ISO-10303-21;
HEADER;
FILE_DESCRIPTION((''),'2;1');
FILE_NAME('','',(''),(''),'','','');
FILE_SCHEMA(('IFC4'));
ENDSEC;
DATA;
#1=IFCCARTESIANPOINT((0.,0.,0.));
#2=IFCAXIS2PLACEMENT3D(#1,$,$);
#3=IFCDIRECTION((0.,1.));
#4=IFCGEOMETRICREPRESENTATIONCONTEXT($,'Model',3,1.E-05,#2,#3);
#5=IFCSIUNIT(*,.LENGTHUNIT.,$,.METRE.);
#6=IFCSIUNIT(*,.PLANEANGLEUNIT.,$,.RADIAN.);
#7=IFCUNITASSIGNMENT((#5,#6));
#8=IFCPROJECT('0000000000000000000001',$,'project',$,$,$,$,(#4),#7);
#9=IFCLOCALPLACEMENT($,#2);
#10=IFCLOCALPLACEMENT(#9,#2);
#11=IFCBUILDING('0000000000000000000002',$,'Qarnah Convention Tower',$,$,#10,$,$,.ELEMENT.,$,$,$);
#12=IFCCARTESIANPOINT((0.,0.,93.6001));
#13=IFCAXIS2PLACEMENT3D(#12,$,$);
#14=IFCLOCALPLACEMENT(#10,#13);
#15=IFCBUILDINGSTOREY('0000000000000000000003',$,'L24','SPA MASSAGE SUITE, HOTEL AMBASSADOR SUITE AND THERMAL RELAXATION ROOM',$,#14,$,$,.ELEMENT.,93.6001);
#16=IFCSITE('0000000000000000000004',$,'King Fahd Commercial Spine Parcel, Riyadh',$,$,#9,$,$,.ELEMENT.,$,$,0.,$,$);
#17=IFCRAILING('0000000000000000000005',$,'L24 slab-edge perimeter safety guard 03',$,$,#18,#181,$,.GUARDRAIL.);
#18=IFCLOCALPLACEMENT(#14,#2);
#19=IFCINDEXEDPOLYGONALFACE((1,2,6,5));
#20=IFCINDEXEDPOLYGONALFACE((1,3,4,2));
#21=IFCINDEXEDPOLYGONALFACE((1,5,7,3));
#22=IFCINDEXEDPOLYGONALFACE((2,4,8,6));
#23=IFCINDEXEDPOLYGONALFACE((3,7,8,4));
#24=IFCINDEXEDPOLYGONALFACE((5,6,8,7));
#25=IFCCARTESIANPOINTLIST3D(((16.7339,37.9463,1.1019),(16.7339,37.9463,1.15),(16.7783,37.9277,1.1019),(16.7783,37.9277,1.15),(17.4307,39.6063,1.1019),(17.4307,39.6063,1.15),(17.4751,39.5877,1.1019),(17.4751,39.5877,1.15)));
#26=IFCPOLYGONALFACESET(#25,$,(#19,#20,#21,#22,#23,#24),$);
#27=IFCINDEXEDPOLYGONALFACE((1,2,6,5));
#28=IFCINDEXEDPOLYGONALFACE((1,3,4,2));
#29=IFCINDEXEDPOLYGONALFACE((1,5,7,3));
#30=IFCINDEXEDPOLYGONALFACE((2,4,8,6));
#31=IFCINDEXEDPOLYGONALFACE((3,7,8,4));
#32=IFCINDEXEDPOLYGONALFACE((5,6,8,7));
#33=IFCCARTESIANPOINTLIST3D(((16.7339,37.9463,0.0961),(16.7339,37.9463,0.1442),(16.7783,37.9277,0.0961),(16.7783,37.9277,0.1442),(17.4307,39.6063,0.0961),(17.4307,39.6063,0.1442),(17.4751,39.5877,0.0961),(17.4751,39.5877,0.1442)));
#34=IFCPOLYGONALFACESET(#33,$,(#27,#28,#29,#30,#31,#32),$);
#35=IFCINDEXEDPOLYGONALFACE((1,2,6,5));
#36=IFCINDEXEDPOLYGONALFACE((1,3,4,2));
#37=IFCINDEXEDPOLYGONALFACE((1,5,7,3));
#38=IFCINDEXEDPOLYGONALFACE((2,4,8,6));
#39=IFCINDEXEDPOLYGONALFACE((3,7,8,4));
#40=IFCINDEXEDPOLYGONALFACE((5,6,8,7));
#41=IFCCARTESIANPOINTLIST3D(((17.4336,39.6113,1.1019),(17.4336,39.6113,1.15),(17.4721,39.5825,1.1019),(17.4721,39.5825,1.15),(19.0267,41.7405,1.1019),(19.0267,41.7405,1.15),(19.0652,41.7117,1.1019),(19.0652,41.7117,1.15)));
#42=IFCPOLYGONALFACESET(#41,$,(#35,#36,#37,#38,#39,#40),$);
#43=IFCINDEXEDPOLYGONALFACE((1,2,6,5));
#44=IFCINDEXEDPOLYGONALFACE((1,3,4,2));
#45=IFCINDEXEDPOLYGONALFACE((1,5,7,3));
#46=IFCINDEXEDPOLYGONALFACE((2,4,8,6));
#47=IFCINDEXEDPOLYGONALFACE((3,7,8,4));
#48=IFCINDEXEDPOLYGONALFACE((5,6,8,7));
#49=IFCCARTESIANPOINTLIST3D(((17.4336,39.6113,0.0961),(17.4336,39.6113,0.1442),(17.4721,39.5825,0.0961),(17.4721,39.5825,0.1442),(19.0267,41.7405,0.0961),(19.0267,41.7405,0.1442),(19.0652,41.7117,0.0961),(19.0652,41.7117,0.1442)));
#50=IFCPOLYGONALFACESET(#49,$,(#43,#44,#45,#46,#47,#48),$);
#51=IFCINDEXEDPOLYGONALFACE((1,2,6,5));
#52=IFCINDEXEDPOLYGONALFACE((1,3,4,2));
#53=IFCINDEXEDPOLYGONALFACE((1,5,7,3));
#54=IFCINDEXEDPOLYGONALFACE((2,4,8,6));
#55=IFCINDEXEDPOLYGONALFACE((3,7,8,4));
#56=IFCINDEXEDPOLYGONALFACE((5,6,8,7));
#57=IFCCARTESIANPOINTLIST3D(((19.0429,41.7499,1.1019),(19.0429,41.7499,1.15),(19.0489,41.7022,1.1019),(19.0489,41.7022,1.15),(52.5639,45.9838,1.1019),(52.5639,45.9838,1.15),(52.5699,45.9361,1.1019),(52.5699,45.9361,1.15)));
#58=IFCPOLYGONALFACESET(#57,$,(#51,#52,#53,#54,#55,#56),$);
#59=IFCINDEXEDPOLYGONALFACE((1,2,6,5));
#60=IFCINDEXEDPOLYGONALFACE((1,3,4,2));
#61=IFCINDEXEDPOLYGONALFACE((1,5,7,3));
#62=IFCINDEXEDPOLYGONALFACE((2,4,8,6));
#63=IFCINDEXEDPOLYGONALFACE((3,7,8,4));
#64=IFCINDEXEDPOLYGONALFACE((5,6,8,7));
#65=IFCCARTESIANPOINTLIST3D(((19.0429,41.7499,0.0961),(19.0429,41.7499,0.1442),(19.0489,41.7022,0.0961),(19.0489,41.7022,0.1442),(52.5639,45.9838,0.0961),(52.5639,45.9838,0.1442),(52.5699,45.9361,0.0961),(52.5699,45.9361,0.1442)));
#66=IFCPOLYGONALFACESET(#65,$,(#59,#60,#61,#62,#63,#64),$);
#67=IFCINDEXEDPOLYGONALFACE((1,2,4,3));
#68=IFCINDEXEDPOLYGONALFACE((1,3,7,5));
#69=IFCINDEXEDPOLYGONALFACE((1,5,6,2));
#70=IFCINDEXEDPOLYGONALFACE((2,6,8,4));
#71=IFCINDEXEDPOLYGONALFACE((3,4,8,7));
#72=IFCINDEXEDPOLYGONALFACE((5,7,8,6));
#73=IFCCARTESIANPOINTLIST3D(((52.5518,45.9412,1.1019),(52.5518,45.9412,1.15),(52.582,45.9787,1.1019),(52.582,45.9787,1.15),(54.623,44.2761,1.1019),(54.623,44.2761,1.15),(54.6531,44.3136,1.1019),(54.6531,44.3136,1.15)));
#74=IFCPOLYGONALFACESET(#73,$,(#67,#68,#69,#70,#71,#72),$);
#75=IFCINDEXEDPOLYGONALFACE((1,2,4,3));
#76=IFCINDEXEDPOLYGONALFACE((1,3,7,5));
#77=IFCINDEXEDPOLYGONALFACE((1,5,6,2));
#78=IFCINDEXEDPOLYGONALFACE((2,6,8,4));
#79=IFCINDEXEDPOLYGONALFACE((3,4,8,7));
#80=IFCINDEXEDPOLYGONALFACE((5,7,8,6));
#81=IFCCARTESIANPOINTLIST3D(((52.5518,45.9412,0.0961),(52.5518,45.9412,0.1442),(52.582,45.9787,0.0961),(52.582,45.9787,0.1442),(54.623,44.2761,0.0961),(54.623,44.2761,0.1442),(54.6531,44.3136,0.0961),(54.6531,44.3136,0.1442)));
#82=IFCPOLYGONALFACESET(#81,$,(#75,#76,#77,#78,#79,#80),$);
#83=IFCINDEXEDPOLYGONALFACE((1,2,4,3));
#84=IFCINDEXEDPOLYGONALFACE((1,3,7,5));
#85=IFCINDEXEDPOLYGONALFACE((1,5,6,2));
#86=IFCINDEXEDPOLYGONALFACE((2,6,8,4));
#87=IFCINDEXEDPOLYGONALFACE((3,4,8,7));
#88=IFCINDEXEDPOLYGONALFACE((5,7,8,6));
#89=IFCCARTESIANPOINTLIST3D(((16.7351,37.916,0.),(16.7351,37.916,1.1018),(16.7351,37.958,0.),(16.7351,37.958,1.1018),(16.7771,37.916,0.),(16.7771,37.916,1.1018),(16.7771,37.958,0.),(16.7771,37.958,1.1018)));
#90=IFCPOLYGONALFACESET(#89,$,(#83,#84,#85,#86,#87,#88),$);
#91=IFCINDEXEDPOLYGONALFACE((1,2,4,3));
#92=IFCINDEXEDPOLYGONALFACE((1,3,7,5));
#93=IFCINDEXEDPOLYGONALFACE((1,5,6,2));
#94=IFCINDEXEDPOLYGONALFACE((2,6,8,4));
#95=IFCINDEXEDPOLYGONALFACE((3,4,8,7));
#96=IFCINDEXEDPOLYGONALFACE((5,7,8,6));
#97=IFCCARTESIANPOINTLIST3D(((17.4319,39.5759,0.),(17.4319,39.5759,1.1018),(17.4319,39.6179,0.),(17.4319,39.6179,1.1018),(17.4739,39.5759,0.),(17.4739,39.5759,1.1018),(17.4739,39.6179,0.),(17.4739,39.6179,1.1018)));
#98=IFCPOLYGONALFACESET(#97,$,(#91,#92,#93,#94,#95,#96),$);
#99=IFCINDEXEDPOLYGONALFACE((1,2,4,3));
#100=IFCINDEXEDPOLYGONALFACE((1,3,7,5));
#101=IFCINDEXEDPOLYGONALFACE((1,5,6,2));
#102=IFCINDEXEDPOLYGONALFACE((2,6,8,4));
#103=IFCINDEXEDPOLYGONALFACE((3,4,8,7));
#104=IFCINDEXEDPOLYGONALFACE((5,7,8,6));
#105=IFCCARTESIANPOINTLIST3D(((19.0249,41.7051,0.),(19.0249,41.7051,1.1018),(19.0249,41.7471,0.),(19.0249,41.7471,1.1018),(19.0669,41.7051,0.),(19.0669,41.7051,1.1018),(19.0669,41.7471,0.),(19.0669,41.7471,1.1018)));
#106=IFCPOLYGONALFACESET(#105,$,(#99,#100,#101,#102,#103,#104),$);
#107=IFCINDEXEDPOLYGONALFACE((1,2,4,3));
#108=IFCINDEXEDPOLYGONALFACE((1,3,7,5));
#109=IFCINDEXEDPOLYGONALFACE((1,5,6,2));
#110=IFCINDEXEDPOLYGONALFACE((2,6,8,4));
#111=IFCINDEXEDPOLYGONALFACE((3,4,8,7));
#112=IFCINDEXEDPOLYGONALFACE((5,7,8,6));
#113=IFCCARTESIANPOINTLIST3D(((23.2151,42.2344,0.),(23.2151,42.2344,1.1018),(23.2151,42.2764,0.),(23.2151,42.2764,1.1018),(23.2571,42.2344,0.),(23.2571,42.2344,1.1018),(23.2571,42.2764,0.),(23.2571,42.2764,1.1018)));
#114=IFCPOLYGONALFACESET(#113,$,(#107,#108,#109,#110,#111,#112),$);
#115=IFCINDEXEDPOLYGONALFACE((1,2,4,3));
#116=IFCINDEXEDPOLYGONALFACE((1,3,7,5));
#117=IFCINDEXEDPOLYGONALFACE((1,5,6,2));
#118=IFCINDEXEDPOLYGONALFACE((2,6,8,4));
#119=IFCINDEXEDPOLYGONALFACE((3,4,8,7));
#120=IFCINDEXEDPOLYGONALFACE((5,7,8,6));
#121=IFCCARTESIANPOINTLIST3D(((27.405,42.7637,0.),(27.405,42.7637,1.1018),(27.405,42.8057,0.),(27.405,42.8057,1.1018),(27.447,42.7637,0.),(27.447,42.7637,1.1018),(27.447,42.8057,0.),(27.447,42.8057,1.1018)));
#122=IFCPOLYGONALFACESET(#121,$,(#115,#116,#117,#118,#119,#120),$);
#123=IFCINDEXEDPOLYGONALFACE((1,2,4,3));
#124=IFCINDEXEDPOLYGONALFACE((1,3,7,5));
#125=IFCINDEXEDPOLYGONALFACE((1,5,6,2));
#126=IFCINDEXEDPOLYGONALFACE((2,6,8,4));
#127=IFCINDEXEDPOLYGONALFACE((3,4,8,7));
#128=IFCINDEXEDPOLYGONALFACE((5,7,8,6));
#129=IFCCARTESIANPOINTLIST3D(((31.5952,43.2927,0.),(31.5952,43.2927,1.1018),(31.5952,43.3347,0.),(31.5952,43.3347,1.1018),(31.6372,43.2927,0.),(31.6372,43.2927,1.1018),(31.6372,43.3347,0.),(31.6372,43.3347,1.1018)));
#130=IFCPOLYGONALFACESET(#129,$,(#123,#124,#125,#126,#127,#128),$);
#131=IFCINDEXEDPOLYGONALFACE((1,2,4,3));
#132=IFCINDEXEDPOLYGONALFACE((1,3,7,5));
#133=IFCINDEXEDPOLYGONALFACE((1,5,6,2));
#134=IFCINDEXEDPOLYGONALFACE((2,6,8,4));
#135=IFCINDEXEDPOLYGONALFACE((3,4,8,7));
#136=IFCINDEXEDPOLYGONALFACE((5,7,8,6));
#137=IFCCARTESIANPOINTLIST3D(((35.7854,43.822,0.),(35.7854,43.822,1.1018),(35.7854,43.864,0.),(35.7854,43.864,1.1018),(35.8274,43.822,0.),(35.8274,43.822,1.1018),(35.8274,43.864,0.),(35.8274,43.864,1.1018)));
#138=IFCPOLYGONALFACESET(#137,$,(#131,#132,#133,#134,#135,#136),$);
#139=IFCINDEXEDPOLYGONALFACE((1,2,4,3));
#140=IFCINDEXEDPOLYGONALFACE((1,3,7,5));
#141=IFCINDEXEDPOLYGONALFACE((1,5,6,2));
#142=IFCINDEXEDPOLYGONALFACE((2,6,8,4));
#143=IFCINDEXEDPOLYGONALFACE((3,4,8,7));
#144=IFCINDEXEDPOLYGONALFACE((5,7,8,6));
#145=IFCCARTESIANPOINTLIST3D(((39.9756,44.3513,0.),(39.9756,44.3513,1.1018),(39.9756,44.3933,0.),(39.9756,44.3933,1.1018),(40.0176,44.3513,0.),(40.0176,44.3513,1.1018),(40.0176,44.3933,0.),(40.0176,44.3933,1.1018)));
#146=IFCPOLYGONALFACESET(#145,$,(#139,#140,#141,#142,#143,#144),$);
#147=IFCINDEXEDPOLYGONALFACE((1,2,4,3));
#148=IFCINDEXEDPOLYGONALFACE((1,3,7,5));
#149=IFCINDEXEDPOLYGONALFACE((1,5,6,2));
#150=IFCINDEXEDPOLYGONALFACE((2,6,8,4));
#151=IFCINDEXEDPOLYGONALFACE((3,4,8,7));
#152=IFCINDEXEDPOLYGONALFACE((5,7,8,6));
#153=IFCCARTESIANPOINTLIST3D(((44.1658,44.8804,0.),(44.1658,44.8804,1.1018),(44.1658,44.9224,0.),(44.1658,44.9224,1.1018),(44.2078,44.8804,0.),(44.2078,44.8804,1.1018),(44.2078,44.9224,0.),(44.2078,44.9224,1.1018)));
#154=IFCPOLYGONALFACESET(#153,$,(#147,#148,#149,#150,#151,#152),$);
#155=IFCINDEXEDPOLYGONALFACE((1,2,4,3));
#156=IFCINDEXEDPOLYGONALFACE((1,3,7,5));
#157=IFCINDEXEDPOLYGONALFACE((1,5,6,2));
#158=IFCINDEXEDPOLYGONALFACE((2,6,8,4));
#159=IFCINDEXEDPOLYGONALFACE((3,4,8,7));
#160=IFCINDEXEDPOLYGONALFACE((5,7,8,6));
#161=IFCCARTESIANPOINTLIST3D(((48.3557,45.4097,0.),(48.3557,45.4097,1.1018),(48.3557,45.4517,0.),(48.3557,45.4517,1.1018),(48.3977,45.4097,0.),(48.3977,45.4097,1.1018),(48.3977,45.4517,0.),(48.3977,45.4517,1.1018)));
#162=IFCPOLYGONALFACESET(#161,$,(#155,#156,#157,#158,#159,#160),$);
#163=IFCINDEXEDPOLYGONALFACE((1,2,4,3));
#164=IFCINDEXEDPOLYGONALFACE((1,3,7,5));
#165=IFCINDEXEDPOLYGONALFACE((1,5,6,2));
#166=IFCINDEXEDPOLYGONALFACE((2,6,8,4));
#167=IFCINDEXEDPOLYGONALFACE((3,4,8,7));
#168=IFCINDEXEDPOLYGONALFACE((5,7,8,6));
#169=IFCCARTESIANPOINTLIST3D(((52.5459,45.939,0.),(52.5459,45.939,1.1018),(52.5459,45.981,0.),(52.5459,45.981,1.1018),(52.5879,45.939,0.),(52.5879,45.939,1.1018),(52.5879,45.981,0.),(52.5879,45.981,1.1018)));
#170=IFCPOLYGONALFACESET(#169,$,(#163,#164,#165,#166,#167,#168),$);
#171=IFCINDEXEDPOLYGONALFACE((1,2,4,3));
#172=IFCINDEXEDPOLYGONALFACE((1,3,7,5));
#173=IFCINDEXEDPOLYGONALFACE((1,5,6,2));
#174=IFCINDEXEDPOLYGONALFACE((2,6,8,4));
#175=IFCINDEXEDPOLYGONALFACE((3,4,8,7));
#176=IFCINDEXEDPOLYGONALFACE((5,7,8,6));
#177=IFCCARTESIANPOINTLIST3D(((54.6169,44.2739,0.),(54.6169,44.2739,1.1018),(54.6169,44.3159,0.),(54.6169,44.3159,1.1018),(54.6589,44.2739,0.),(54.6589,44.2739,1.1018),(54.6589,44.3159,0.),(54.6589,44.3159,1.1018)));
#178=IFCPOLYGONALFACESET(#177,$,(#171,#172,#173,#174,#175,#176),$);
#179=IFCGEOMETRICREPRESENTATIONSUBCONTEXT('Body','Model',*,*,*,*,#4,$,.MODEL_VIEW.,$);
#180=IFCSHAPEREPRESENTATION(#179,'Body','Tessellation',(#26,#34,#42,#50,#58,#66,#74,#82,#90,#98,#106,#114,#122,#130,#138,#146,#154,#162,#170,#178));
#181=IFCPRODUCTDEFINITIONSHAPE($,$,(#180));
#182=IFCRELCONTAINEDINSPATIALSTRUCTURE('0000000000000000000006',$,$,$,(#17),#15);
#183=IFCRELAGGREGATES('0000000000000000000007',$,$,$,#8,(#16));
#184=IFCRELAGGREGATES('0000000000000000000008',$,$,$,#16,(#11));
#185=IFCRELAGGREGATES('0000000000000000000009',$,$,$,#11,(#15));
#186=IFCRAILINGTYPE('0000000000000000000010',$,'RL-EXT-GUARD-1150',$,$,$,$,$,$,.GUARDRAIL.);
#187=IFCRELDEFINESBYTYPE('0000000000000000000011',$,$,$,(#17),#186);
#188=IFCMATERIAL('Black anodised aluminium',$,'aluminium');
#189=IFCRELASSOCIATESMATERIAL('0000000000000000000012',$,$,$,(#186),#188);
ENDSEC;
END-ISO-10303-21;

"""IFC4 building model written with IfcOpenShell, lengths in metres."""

from ifc_helpers import new_model, si_unit, direction, frame, origin, origin_2d, place, context, subcontext, project, spatial, rectangle, extrude, material, type_object, element, save


model = new_model("IFC4")

# Units and contexts
model_context = context("Model", 3, precision=1e-05, world=origin(), true_north=direction((0.0, 1.0)))
body_context = subcontext(model_context, "Body", "Model", "MODEL_VIEW")
ifc_project = project(units=[si_unit("LENGTHUNIT", "METRE"), si_unit("PLANEANGLEUNIT", "RADIAN")], contexts=[model_context])

# Site, building, storey
site_placement = place(None, origin())
site = spatial("IfcSite", under=ifc_project, at=site_placement, Name="King Fahd Commercial Spine Parcel, Riyadh", CompositionType="ELEMENT", RefElevation=0.0)
building_placement = place(site_placement, origin())
building = spatial("IfcBuilding", under=site, at=building_placement, Name="Qarnah Convention Tower", CompositionType="ELEMENT")
storey_placement = place(building_placement, frame((0.0, 0.0, 93.6001)))
storey = spatial("IfcBuildingStorey", under=building, at=storey_placement, Name="L24", Description="SPA MASSAGE SUITE, HOTEL AMBASSADOR SUITE AND THERMAL RELAXATION ROOM", CompositionType="ELEMENT", Elevation=93.6001)

# Shared definitions
ifc_material_1 = material(Name="Black anodised aluminium", Category="aluminium")

# Railing
railing_type = type_object("IfcRailingType", Name="RL-EXT-GUARD-1150", PredefinedType="GUARDRAIL", material=ifc_material_1)
railing_1_placement = place(storey_placement, frame((16.7561, 37.937, 0.0)))
element("IfcRailing", 1, at=railing_1_placement, inside=storey, type_object=railing_type, Name="L24 slab-edge perimeter safety guard 03", PredefinedType="GUARDRAIL", context=body_context, shape_type="SweptSolid", body=[
    extrude(rectangle(XDim=0.0481, YDim=0.0481, at=origin_2d()), frame((0.0, 0.0, 1.126), z_axis=(0.38705, 0.922059, 0.0), x_axis=(-0.922059, 0.38705, 0.0)), (0.0, 0.0, 1.0), 1.8003),
    extrude(rectangle(XDim=0.0481, YDim=0.0481, at=origin_2d()), frame((0.0, 0.0, 0.1201), z_axis=(0.38705, 0.922059, 0.0), x_axis=(-0.922059, 0.38705, 0.0)), (0.0, 0.0, 1.0), 1.8003),
    extrude(rectangle(XDim=0.0481, YDim=0.0481, at=origin_2d()), frame((0.6968, 1.6599, 1.126), z_axis=(0.599074, 0.800694, 0.0), x_axis=(-0.800694, 0.599074, 0.0)), (0.0, 0.0, 1.0), 2.6592),
    extrude(rectangle(XDim=0.0481, YDim=0.0481, at=origin_2d()), frame((0.6968, 1.6599, 0.1201), z_axis=(0.599074, 0.800694, 0.0), x_axis=(-0.800694, 0.599074, 0.0)), (0.0, 0.0, 1.0), 2.6592),
    extrude(rectangle(XDim=0.0481, YDim=0.0481, at=origin_2d()), frame((2.2898, 3.7891, 1.126), z_axis=(0.992118, 0.12531, 0.0), x_axis=(-0.12531, 0.992118, 0.0)), (0.0, 0.0, 1.0), 33.7874),
    extrude(rectangle(XDim=0.0481, YDim=0.0481, at=origin_2d()), frame((2.2898, 3.7891, 0.1201), z_axis=(0.992118, 0.12531, 0.0), x_axis=(-0.12531, 0.992118, 0.0)), (0.0, 0.0, 1.0), 33.7874),
    extrude(rectangle(XDim=0.0481, YDim=0.0481, at=origin_2d()), frame((35.8108, 8.0229, 1.126), z_axis=(0.779361, -0.626576, 0.0), x_axis=(0.626576, 0.779361, 0.0)), (0.0, 0.0, 1.0), 2.6575),
    extrude(rectangle(XDim=0.0481, YDim=0.0481, at=origin_2d()), frame((35.8108, 8.0229, 0.1201), z_axis=(0.779361, -0.626576, 0.0), x_axis=(0.626576, 0.779361, 0.0)), (0.0, 0.0, 1.0), 2.6575),
    extrude(rectangle(XDim=0.042, YDim=0.042, at=origin_2d()), origin(), (0.0, 0.0, 1.0), 1.1018),
    extrude(rectangle(XDim=0.042, YDim=0.042, at=origin_2d()), frame((0.6968, 1.6599, 0.0)), (0.0, 0.0, 1.0), 1.1018),
    extrude(rectangle(XDim=0.042, YDim=0.042, at=origin_2d()), frame((2.2898, 3.7891, 0.0)), (0.0, 0.0, 1.0), 1.1018),
    extrude(rectangle(XDim=0.042, YDim=0.042, at=origin_2d()), frame((6.48, 4.3184, 0.0)), (0.0, 0.0, 1.0), 1.1018),
    extrude(rectangle(XDim=0.042, YDim=0.042, at=origin_2d()), frame((10.6699, 4.8477, 0.0)), (0.0, 0.0, 1.0), 1.1018),
    extrude(rectangle(XDim=0.042, YDim=0.042, at=origin_2d()), frame((14.8601, 5.3767, 0.0)), (0.0, 0.0, 1.0), 1.1018),
    extrude(rectangle(XDim=0.042, YDim=0.042, at=origin_2d()), frame((19.0503, 5.906, 0.0)), (0.0, 0.0, 1.0), 1.1018),
    extrude(rectangle(XDim=0.042, YDim=0.042, at=origin_2d()), frame((23.2405, 6.4353, 0.0)), (0.0, 0.0, 1.0), 1.1018),
    extrude(rectangle(XDim=0.042, YDim=0.042, at=origin_2d()), frame((27.4307, 6.9644, 0.0)), (0.0, 0.0, 1.0), 1.1018),
    extrude(rectangle(XDim=0.042, YDim=0.042, at=origin_2d()), frame((31.6206, 7.4937, 0.0)), (0.0, 0.0, 1.0), 1.1018),
    extrude(rectangle(XDim=0.042, YDim=0.042, at=origin_2d()), frame((35.8108, 8.0229, 0.0)), (0.0, 0.0, 1.0), 1.1018),
    extrude(rectangle(XDim=0.042, YDim=0.042, at=origin_2d()), frame((37.8818, 6.3579, 0.0)), (0.0, 0.0, 1.0), 1.1018),
])

save(model, "model.ifc")
